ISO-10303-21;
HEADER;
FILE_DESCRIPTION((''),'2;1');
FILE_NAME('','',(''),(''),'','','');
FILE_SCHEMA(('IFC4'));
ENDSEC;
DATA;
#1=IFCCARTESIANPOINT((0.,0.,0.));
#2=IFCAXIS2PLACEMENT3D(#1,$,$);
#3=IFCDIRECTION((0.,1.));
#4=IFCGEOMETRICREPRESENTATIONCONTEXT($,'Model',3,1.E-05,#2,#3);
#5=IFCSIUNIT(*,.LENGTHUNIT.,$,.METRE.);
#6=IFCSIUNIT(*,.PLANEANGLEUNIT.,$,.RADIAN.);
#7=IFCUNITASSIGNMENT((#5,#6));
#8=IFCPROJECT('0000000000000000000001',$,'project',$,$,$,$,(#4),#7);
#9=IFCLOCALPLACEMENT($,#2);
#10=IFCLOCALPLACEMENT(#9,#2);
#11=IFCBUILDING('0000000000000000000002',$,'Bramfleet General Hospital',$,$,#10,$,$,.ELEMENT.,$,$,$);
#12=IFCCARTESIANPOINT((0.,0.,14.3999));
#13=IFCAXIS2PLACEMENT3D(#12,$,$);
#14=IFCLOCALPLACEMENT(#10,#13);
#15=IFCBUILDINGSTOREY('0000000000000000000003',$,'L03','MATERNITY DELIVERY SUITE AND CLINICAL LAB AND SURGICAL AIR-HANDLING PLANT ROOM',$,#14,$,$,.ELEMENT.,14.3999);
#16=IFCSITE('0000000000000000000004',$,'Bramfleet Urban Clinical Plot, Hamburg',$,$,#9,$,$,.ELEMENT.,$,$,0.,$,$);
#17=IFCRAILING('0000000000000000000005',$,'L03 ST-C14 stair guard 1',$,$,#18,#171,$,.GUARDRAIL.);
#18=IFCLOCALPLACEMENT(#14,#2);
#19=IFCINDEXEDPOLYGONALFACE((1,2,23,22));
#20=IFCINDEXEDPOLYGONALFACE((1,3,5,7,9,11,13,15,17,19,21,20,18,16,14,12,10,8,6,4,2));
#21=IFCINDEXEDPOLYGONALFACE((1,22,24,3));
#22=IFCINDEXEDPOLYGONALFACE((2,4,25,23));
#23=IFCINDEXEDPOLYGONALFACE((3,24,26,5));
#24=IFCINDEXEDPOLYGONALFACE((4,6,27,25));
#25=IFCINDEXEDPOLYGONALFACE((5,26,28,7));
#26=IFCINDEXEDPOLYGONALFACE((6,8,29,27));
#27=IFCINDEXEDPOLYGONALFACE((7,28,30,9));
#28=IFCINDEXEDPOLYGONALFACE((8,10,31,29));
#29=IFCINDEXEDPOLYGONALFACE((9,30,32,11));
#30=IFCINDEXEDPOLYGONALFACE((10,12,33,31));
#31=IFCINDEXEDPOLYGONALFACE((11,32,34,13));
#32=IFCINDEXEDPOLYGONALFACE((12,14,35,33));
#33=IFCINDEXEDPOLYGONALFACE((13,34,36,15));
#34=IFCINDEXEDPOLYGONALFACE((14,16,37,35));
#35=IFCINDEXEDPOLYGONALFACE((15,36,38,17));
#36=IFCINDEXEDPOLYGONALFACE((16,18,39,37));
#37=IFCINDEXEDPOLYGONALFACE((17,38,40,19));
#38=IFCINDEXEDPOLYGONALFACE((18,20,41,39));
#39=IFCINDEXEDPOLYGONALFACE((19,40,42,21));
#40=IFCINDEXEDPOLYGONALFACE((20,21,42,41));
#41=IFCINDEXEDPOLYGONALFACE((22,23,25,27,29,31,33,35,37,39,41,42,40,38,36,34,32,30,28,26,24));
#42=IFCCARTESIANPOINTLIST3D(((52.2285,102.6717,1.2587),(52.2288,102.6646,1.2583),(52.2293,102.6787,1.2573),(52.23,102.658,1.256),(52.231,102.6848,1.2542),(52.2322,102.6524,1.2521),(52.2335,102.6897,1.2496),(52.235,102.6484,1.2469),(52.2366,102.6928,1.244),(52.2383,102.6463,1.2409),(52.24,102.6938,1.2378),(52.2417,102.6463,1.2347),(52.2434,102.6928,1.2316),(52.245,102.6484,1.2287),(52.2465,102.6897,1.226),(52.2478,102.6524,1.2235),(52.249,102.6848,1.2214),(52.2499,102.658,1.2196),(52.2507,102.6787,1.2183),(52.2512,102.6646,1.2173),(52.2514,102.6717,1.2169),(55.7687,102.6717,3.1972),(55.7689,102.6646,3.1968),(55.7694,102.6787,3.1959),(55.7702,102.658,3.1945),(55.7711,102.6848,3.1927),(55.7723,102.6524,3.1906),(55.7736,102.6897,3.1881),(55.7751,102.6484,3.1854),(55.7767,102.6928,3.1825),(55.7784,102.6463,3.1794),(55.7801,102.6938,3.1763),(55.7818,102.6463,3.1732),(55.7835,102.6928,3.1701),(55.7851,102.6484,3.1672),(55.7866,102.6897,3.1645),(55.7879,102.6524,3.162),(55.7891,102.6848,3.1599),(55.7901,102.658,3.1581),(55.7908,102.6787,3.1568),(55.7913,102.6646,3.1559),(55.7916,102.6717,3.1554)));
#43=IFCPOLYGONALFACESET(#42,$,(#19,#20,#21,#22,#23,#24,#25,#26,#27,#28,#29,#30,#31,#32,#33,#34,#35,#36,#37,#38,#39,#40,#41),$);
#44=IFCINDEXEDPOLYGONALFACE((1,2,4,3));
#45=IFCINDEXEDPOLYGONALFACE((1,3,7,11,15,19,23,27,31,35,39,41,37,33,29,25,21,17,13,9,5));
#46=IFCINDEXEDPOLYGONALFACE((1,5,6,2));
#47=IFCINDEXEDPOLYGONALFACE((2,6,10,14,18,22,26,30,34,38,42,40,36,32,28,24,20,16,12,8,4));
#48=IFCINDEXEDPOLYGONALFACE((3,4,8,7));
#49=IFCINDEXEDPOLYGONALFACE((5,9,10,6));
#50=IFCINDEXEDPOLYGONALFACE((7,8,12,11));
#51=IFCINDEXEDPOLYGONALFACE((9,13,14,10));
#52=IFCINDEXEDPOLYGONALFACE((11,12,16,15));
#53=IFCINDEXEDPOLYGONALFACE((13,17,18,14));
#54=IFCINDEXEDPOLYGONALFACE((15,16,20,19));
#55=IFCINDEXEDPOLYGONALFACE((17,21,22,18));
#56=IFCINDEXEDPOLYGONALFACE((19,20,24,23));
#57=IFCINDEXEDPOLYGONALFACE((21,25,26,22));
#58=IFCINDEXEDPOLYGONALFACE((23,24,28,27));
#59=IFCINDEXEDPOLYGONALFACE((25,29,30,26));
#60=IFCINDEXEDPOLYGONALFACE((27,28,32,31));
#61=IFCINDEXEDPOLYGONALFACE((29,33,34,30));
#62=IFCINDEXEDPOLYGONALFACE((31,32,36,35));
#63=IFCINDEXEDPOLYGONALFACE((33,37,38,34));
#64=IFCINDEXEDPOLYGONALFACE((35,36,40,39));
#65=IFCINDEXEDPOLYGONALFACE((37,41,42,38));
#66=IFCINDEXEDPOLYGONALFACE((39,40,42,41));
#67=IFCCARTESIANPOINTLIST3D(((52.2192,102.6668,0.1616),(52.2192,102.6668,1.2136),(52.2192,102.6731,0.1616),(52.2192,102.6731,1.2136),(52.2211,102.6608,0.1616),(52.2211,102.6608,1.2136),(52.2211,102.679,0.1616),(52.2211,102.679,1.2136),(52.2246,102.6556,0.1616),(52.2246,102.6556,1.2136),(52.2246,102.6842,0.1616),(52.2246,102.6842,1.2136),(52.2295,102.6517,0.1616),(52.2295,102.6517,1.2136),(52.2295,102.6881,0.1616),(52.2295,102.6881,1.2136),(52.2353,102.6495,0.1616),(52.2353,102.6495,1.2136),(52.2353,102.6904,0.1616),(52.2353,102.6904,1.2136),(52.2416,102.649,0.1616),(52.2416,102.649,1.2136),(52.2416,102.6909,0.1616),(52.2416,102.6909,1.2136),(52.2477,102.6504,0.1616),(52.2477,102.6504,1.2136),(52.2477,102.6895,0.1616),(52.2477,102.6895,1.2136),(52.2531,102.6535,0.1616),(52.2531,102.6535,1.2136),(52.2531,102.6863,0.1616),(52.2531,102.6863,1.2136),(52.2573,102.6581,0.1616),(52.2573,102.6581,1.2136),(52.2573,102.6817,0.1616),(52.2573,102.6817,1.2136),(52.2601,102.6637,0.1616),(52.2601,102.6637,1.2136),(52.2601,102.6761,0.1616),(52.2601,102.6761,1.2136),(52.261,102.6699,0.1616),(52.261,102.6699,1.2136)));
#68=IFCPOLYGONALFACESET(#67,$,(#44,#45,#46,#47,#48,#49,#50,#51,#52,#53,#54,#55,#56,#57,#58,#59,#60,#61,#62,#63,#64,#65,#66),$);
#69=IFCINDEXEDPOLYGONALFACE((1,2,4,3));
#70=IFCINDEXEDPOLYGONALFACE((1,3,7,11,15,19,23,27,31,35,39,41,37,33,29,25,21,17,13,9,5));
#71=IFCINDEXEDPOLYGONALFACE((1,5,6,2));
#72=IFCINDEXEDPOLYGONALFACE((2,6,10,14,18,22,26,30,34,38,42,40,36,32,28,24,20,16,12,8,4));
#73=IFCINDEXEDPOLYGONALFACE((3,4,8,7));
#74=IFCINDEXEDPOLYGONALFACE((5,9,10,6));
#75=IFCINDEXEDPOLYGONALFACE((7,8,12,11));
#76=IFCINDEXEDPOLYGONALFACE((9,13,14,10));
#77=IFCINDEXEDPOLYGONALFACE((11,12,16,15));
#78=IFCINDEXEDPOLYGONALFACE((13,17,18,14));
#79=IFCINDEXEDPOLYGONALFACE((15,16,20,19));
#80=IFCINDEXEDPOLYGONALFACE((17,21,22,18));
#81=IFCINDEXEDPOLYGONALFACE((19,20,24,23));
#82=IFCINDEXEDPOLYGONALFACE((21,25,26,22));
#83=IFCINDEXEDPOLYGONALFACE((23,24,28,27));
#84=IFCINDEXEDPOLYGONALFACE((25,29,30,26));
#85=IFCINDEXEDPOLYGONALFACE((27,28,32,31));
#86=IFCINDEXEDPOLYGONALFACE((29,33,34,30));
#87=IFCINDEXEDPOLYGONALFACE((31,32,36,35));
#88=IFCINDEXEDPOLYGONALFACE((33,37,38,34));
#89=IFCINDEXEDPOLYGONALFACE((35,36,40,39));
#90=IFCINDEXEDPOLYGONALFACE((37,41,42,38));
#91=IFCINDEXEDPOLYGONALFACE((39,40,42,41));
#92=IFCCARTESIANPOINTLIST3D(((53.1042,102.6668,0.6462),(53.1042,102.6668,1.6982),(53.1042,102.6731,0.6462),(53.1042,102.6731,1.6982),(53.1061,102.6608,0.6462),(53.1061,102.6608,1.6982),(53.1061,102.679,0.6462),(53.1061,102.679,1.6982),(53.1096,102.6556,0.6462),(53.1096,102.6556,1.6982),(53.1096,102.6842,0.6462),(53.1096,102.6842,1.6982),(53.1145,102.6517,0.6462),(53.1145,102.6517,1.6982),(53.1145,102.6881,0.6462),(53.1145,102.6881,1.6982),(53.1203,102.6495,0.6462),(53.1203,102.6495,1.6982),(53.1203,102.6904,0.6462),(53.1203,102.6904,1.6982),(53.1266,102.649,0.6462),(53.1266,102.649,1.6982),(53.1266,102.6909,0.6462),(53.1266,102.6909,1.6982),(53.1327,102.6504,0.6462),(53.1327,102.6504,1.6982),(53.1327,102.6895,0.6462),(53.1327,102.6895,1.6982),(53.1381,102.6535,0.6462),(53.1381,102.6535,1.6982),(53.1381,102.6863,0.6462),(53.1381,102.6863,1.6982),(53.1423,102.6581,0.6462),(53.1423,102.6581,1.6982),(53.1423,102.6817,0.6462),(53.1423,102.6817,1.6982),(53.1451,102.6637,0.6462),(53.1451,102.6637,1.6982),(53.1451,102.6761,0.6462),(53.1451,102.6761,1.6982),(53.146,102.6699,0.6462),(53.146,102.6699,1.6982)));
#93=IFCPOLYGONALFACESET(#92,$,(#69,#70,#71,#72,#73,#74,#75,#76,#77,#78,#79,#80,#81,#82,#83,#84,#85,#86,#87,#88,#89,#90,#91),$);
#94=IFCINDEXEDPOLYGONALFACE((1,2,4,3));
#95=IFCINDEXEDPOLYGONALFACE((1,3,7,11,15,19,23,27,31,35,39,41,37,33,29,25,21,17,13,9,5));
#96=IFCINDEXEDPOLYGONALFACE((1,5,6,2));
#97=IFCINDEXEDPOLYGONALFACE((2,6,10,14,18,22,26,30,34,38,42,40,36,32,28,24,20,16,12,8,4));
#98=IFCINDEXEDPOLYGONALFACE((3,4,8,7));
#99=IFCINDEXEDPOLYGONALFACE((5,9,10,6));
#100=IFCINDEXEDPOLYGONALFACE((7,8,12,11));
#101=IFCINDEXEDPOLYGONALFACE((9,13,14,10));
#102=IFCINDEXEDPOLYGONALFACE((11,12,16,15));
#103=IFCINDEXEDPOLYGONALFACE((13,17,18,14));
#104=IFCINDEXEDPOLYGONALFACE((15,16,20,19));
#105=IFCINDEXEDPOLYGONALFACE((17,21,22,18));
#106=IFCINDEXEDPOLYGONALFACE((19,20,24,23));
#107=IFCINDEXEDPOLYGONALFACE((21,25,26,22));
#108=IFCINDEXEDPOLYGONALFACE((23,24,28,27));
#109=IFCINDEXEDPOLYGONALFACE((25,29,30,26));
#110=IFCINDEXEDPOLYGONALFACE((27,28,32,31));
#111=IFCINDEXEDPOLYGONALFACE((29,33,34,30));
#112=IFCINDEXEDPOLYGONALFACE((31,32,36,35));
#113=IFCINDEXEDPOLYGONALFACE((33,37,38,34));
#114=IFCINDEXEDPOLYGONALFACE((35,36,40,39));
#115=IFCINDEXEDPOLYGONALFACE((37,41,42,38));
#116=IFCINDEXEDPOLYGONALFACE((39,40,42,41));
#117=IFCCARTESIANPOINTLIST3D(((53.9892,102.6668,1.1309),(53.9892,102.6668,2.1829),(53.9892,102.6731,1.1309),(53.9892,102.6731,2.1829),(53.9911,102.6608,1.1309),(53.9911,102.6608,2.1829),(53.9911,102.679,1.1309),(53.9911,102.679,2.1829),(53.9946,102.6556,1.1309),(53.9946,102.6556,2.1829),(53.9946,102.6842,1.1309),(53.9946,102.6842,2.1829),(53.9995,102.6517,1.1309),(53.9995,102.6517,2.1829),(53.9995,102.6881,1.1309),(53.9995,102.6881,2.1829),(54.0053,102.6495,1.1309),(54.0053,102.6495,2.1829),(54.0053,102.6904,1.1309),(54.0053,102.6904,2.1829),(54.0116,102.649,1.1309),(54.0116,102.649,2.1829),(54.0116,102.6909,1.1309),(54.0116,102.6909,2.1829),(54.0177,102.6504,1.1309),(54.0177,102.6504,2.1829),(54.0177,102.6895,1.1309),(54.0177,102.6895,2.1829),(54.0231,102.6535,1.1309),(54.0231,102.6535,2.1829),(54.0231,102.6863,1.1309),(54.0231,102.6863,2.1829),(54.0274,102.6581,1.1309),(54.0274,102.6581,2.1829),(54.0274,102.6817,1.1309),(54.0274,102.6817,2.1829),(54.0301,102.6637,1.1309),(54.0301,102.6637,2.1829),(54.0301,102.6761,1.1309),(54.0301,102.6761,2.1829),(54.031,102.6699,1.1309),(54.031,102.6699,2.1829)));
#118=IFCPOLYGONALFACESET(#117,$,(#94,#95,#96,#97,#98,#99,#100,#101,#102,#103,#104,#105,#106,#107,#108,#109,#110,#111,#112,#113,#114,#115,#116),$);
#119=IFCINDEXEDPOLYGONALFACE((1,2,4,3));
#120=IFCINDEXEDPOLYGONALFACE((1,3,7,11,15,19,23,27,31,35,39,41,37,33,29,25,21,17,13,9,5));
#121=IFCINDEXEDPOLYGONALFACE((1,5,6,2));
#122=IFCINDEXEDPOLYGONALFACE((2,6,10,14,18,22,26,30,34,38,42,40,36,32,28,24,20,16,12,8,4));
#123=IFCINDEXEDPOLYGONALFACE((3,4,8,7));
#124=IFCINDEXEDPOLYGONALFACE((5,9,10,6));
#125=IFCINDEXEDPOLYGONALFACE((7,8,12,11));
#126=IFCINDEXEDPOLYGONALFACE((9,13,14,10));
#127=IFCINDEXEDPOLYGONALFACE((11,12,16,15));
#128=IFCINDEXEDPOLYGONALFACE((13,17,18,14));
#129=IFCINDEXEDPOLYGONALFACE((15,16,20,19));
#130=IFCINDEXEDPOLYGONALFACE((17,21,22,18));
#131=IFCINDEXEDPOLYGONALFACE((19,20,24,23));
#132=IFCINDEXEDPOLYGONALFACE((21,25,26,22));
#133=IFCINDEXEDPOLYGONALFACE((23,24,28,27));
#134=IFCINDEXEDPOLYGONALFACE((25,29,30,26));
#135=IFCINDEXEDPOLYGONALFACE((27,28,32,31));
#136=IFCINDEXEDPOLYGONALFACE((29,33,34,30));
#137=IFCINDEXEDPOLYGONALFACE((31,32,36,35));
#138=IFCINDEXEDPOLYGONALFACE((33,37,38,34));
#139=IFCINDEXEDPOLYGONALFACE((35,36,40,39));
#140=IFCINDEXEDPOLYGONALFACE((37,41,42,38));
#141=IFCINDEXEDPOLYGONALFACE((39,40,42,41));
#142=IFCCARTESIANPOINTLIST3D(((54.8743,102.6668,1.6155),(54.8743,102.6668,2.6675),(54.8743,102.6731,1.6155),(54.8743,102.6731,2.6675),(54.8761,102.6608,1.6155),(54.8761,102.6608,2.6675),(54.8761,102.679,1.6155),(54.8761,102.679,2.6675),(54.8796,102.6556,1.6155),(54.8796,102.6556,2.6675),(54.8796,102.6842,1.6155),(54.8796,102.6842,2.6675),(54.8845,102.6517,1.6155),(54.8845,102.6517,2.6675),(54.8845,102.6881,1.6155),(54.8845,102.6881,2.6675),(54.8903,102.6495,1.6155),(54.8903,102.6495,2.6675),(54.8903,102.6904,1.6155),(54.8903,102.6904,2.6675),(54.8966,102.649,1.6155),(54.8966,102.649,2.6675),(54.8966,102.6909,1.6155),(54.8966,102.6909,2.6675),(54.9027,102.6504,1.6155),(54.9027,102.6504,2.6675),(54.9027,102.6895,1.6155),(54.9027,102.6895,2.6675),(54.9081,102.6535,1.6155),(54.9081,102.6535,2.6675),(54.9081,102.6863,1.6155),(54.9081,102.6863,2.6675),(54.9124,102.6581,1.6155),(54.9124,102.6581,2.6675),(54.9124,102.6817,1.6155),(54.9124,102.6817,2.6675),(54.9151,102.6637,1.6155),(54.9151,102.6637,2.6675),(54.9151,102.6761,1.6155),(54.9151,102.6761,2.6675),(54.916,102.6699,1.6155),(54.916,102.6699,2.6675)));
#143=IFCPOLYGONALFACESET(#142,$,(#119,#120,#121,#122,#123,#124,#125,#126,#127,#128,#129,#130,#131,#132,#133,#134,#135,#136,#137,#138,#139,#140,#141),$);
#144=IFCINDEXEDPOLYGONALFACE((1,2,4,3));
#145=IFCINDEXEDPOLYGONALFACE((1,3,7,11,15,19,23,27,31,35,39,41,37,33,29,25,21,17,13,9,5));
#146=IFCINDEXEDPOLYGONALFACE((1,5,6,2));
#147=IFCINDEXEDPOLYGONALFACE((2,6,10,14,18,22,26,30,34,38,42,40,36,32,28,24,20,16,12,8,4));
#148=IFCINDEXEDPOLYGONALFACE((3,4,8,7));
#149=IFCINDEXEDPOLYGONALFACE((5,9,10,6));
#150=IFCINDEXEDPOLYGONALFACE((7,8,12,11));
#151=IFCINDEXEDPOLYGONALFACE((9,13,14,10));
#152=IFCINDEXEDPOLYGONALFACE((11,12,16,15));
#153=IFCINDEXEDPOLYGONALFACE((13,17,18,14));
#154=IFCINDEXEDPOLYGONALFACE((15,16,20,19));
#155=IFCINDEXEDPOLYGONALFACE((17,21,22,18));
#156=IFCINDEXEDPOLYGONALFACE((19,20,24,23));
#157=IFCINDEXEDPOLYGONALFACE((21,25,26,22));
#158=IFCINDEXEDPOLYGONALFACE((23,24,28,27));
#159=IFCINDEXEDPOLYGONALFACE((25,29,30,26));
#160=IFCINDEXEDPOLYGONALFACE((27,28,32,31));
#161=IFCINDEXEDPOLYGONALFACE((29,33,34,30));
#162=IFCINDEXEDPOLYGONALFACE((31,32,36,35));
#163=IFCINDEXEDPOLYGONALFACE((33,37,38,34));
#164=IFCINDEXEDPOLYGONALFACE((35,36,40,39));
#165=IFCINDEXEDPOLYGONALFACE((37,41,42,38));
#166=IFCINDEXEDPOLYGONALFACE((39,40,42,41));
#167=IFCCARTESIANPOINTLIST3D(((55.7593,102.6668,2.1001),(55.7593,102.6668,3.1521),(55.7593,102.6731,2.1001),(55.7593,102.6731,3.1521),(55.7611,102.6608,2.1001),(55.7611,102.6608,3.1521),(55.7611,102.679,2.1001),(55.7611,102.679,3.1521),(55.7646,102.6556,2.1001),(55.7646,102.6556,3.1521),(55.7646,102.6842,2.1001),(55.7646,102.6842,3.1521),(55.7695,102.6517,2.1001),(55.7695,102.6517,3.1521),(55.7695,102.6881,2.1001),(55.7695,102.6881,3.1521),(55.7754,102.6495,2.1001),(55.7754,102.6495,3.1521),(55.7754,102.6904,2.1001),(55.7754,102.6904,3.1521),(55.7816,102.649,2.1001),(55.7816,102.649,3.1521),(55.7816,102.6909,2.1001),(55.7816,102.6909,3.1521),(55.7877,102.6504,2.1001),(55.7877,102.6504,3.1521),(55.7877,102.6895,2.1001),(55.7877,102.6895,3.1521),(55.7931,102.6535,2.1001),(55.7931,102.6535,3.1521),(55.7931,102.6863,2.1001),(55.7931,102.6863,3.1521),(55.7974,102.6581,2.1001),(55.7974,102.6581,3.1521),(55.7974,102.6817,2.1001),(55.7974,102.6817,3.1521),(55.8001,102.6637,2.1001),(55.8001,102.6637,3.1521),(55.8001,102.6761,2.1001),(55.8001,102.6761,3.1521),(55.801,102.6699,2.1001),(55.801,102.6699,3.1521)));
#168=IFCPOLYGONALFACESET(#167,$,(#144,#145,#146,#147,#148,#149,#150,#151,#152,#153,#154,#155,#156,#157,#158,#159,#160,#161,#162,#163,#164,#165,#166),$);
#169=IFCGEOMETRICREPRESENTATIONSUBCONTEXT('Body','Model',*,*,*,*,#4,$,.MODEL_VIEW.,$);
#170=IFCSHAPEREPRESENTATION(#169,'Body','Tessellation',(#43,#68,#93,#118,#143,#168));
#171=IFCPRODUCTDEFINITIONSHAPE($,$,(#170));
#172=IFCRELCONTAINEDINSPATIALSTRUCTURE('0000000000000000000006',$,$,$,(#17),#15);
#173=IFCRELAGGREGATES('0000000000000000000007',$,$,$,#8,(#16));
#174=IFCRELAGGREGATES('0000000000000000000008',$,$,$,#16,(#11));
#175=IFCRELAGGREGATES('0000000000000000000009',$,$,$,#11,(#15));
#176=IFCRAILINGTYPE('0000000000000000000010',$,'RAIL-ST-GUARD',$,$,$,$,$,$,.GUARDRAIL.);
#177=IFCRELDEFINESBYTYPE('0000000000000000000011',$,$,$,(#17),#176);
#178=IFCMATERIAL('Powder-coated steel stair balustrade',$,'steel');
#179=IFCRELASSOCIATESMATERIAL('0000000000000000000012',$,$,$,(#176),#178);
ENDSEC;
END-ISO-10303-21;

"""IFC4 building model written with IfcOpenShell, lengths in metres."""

from ifc_helpers import new_model, si_unit, direction, frame, origin, origin_2d, place, context, subcontext, project, spatial, circle, extrude, material, type_object, element, save


model = new_model("IFC4")

# Units and contexts
model_context = context("Model", 3, precision=1e-05, world=origin(), true_north=direction((0.0, 1.0)))
body_context = subcontext(model_context, "Body", "Model", "MODEL_VIEW")
ifc_project = project(units=[si_unit("LENGTHUNIT", "METRE"), si_unit("PLANEANGLEUNIT", "RADIAN")], contexts=[model_context])

# Site, building, storey
site_placement = place(None, origin())
site = spatial("IfcSite", under=ifc_project, at=site_placement, Name="Bramfleet Urban Clinical Plot, Hamburg", CompositionType="ELEMENT", RefElevation=0.0)
building_placement = place(site_placement, origin())
building = spatial("IfcBuilding", under=site, at=building_placement, Name="Bramfleet General Hospital", CompositionType="ELEMENT")
storey_placement = place(building_placement, frame((0.0, 0.0, 14.3999)))
storey = spatial("IfcBuildingStorey", under=building, at=storey_placement, Name="L03", Description="MATERNITY DELIVERY SUITE AND CLINICAL LAB AND SURGICAL AIR-HANDLING PLANT ROOM", CompositionType="ELEMENT", Elevation=14.3999)

# Railing
ifc_material_1 = material(Name="Powder-coated steel stair balustrade", Category="steel")
railing_type_1 = type_object("IfcRailingType", Name="RAIL-ST-GUARD", PredefinedType="GUARDRAIL", material=ifc_material_1)
railing_1_placement = place(storey_placement, frame((52.24, 102.6699, 0.1616)))
element("IfcRailing", 1, at=railing_1_placement, inside=storey, type_object=railing_type_1, Name="L03 ST-C14 stair guard 1", PredefinedType="GUARDRAIL", context=body_context, shape_type="SweptSolid", body=[
    extrude(circle(Radius=0.0239, at=origin_2d()), frame((0.0, 0.0, 1.0762), z_axis=(0.877108, 0.0, 0.480292), x_axis=(0.0, 1.0, 0.0)), (0.0, 0.0, 1.0), 4.0361),
    extrude(circle(Radius=0.021, at=origin_2d()), origin(), (0.0, 0.0, 1.0), 1.052),
    extrude(circle(Radius=0.021, at=origin_2d()), frame((0.885, 0.0, 0.4846)), (0.0, 0.0, 1.0), 1.052),
    extrude(circle(Radius=0.021, at=origin_2d()), frame((1.77, 0.0, 0.9692)), (0.0, 0.0, 1.0), 1.052),
    extrude(circle(Radius=0.021, at=origin_2d()), frame((2.655, 0.0, 1.4539)), (0.0, 0.0, 1.0), 1.052),
    extrude(circle(Radius=0.021, at=origin_2d()), frame((3.54, 0.0, 1.9385)), (0.0, 0.0, 1.0), 1.052),
])

save(model, "model.ifc")
